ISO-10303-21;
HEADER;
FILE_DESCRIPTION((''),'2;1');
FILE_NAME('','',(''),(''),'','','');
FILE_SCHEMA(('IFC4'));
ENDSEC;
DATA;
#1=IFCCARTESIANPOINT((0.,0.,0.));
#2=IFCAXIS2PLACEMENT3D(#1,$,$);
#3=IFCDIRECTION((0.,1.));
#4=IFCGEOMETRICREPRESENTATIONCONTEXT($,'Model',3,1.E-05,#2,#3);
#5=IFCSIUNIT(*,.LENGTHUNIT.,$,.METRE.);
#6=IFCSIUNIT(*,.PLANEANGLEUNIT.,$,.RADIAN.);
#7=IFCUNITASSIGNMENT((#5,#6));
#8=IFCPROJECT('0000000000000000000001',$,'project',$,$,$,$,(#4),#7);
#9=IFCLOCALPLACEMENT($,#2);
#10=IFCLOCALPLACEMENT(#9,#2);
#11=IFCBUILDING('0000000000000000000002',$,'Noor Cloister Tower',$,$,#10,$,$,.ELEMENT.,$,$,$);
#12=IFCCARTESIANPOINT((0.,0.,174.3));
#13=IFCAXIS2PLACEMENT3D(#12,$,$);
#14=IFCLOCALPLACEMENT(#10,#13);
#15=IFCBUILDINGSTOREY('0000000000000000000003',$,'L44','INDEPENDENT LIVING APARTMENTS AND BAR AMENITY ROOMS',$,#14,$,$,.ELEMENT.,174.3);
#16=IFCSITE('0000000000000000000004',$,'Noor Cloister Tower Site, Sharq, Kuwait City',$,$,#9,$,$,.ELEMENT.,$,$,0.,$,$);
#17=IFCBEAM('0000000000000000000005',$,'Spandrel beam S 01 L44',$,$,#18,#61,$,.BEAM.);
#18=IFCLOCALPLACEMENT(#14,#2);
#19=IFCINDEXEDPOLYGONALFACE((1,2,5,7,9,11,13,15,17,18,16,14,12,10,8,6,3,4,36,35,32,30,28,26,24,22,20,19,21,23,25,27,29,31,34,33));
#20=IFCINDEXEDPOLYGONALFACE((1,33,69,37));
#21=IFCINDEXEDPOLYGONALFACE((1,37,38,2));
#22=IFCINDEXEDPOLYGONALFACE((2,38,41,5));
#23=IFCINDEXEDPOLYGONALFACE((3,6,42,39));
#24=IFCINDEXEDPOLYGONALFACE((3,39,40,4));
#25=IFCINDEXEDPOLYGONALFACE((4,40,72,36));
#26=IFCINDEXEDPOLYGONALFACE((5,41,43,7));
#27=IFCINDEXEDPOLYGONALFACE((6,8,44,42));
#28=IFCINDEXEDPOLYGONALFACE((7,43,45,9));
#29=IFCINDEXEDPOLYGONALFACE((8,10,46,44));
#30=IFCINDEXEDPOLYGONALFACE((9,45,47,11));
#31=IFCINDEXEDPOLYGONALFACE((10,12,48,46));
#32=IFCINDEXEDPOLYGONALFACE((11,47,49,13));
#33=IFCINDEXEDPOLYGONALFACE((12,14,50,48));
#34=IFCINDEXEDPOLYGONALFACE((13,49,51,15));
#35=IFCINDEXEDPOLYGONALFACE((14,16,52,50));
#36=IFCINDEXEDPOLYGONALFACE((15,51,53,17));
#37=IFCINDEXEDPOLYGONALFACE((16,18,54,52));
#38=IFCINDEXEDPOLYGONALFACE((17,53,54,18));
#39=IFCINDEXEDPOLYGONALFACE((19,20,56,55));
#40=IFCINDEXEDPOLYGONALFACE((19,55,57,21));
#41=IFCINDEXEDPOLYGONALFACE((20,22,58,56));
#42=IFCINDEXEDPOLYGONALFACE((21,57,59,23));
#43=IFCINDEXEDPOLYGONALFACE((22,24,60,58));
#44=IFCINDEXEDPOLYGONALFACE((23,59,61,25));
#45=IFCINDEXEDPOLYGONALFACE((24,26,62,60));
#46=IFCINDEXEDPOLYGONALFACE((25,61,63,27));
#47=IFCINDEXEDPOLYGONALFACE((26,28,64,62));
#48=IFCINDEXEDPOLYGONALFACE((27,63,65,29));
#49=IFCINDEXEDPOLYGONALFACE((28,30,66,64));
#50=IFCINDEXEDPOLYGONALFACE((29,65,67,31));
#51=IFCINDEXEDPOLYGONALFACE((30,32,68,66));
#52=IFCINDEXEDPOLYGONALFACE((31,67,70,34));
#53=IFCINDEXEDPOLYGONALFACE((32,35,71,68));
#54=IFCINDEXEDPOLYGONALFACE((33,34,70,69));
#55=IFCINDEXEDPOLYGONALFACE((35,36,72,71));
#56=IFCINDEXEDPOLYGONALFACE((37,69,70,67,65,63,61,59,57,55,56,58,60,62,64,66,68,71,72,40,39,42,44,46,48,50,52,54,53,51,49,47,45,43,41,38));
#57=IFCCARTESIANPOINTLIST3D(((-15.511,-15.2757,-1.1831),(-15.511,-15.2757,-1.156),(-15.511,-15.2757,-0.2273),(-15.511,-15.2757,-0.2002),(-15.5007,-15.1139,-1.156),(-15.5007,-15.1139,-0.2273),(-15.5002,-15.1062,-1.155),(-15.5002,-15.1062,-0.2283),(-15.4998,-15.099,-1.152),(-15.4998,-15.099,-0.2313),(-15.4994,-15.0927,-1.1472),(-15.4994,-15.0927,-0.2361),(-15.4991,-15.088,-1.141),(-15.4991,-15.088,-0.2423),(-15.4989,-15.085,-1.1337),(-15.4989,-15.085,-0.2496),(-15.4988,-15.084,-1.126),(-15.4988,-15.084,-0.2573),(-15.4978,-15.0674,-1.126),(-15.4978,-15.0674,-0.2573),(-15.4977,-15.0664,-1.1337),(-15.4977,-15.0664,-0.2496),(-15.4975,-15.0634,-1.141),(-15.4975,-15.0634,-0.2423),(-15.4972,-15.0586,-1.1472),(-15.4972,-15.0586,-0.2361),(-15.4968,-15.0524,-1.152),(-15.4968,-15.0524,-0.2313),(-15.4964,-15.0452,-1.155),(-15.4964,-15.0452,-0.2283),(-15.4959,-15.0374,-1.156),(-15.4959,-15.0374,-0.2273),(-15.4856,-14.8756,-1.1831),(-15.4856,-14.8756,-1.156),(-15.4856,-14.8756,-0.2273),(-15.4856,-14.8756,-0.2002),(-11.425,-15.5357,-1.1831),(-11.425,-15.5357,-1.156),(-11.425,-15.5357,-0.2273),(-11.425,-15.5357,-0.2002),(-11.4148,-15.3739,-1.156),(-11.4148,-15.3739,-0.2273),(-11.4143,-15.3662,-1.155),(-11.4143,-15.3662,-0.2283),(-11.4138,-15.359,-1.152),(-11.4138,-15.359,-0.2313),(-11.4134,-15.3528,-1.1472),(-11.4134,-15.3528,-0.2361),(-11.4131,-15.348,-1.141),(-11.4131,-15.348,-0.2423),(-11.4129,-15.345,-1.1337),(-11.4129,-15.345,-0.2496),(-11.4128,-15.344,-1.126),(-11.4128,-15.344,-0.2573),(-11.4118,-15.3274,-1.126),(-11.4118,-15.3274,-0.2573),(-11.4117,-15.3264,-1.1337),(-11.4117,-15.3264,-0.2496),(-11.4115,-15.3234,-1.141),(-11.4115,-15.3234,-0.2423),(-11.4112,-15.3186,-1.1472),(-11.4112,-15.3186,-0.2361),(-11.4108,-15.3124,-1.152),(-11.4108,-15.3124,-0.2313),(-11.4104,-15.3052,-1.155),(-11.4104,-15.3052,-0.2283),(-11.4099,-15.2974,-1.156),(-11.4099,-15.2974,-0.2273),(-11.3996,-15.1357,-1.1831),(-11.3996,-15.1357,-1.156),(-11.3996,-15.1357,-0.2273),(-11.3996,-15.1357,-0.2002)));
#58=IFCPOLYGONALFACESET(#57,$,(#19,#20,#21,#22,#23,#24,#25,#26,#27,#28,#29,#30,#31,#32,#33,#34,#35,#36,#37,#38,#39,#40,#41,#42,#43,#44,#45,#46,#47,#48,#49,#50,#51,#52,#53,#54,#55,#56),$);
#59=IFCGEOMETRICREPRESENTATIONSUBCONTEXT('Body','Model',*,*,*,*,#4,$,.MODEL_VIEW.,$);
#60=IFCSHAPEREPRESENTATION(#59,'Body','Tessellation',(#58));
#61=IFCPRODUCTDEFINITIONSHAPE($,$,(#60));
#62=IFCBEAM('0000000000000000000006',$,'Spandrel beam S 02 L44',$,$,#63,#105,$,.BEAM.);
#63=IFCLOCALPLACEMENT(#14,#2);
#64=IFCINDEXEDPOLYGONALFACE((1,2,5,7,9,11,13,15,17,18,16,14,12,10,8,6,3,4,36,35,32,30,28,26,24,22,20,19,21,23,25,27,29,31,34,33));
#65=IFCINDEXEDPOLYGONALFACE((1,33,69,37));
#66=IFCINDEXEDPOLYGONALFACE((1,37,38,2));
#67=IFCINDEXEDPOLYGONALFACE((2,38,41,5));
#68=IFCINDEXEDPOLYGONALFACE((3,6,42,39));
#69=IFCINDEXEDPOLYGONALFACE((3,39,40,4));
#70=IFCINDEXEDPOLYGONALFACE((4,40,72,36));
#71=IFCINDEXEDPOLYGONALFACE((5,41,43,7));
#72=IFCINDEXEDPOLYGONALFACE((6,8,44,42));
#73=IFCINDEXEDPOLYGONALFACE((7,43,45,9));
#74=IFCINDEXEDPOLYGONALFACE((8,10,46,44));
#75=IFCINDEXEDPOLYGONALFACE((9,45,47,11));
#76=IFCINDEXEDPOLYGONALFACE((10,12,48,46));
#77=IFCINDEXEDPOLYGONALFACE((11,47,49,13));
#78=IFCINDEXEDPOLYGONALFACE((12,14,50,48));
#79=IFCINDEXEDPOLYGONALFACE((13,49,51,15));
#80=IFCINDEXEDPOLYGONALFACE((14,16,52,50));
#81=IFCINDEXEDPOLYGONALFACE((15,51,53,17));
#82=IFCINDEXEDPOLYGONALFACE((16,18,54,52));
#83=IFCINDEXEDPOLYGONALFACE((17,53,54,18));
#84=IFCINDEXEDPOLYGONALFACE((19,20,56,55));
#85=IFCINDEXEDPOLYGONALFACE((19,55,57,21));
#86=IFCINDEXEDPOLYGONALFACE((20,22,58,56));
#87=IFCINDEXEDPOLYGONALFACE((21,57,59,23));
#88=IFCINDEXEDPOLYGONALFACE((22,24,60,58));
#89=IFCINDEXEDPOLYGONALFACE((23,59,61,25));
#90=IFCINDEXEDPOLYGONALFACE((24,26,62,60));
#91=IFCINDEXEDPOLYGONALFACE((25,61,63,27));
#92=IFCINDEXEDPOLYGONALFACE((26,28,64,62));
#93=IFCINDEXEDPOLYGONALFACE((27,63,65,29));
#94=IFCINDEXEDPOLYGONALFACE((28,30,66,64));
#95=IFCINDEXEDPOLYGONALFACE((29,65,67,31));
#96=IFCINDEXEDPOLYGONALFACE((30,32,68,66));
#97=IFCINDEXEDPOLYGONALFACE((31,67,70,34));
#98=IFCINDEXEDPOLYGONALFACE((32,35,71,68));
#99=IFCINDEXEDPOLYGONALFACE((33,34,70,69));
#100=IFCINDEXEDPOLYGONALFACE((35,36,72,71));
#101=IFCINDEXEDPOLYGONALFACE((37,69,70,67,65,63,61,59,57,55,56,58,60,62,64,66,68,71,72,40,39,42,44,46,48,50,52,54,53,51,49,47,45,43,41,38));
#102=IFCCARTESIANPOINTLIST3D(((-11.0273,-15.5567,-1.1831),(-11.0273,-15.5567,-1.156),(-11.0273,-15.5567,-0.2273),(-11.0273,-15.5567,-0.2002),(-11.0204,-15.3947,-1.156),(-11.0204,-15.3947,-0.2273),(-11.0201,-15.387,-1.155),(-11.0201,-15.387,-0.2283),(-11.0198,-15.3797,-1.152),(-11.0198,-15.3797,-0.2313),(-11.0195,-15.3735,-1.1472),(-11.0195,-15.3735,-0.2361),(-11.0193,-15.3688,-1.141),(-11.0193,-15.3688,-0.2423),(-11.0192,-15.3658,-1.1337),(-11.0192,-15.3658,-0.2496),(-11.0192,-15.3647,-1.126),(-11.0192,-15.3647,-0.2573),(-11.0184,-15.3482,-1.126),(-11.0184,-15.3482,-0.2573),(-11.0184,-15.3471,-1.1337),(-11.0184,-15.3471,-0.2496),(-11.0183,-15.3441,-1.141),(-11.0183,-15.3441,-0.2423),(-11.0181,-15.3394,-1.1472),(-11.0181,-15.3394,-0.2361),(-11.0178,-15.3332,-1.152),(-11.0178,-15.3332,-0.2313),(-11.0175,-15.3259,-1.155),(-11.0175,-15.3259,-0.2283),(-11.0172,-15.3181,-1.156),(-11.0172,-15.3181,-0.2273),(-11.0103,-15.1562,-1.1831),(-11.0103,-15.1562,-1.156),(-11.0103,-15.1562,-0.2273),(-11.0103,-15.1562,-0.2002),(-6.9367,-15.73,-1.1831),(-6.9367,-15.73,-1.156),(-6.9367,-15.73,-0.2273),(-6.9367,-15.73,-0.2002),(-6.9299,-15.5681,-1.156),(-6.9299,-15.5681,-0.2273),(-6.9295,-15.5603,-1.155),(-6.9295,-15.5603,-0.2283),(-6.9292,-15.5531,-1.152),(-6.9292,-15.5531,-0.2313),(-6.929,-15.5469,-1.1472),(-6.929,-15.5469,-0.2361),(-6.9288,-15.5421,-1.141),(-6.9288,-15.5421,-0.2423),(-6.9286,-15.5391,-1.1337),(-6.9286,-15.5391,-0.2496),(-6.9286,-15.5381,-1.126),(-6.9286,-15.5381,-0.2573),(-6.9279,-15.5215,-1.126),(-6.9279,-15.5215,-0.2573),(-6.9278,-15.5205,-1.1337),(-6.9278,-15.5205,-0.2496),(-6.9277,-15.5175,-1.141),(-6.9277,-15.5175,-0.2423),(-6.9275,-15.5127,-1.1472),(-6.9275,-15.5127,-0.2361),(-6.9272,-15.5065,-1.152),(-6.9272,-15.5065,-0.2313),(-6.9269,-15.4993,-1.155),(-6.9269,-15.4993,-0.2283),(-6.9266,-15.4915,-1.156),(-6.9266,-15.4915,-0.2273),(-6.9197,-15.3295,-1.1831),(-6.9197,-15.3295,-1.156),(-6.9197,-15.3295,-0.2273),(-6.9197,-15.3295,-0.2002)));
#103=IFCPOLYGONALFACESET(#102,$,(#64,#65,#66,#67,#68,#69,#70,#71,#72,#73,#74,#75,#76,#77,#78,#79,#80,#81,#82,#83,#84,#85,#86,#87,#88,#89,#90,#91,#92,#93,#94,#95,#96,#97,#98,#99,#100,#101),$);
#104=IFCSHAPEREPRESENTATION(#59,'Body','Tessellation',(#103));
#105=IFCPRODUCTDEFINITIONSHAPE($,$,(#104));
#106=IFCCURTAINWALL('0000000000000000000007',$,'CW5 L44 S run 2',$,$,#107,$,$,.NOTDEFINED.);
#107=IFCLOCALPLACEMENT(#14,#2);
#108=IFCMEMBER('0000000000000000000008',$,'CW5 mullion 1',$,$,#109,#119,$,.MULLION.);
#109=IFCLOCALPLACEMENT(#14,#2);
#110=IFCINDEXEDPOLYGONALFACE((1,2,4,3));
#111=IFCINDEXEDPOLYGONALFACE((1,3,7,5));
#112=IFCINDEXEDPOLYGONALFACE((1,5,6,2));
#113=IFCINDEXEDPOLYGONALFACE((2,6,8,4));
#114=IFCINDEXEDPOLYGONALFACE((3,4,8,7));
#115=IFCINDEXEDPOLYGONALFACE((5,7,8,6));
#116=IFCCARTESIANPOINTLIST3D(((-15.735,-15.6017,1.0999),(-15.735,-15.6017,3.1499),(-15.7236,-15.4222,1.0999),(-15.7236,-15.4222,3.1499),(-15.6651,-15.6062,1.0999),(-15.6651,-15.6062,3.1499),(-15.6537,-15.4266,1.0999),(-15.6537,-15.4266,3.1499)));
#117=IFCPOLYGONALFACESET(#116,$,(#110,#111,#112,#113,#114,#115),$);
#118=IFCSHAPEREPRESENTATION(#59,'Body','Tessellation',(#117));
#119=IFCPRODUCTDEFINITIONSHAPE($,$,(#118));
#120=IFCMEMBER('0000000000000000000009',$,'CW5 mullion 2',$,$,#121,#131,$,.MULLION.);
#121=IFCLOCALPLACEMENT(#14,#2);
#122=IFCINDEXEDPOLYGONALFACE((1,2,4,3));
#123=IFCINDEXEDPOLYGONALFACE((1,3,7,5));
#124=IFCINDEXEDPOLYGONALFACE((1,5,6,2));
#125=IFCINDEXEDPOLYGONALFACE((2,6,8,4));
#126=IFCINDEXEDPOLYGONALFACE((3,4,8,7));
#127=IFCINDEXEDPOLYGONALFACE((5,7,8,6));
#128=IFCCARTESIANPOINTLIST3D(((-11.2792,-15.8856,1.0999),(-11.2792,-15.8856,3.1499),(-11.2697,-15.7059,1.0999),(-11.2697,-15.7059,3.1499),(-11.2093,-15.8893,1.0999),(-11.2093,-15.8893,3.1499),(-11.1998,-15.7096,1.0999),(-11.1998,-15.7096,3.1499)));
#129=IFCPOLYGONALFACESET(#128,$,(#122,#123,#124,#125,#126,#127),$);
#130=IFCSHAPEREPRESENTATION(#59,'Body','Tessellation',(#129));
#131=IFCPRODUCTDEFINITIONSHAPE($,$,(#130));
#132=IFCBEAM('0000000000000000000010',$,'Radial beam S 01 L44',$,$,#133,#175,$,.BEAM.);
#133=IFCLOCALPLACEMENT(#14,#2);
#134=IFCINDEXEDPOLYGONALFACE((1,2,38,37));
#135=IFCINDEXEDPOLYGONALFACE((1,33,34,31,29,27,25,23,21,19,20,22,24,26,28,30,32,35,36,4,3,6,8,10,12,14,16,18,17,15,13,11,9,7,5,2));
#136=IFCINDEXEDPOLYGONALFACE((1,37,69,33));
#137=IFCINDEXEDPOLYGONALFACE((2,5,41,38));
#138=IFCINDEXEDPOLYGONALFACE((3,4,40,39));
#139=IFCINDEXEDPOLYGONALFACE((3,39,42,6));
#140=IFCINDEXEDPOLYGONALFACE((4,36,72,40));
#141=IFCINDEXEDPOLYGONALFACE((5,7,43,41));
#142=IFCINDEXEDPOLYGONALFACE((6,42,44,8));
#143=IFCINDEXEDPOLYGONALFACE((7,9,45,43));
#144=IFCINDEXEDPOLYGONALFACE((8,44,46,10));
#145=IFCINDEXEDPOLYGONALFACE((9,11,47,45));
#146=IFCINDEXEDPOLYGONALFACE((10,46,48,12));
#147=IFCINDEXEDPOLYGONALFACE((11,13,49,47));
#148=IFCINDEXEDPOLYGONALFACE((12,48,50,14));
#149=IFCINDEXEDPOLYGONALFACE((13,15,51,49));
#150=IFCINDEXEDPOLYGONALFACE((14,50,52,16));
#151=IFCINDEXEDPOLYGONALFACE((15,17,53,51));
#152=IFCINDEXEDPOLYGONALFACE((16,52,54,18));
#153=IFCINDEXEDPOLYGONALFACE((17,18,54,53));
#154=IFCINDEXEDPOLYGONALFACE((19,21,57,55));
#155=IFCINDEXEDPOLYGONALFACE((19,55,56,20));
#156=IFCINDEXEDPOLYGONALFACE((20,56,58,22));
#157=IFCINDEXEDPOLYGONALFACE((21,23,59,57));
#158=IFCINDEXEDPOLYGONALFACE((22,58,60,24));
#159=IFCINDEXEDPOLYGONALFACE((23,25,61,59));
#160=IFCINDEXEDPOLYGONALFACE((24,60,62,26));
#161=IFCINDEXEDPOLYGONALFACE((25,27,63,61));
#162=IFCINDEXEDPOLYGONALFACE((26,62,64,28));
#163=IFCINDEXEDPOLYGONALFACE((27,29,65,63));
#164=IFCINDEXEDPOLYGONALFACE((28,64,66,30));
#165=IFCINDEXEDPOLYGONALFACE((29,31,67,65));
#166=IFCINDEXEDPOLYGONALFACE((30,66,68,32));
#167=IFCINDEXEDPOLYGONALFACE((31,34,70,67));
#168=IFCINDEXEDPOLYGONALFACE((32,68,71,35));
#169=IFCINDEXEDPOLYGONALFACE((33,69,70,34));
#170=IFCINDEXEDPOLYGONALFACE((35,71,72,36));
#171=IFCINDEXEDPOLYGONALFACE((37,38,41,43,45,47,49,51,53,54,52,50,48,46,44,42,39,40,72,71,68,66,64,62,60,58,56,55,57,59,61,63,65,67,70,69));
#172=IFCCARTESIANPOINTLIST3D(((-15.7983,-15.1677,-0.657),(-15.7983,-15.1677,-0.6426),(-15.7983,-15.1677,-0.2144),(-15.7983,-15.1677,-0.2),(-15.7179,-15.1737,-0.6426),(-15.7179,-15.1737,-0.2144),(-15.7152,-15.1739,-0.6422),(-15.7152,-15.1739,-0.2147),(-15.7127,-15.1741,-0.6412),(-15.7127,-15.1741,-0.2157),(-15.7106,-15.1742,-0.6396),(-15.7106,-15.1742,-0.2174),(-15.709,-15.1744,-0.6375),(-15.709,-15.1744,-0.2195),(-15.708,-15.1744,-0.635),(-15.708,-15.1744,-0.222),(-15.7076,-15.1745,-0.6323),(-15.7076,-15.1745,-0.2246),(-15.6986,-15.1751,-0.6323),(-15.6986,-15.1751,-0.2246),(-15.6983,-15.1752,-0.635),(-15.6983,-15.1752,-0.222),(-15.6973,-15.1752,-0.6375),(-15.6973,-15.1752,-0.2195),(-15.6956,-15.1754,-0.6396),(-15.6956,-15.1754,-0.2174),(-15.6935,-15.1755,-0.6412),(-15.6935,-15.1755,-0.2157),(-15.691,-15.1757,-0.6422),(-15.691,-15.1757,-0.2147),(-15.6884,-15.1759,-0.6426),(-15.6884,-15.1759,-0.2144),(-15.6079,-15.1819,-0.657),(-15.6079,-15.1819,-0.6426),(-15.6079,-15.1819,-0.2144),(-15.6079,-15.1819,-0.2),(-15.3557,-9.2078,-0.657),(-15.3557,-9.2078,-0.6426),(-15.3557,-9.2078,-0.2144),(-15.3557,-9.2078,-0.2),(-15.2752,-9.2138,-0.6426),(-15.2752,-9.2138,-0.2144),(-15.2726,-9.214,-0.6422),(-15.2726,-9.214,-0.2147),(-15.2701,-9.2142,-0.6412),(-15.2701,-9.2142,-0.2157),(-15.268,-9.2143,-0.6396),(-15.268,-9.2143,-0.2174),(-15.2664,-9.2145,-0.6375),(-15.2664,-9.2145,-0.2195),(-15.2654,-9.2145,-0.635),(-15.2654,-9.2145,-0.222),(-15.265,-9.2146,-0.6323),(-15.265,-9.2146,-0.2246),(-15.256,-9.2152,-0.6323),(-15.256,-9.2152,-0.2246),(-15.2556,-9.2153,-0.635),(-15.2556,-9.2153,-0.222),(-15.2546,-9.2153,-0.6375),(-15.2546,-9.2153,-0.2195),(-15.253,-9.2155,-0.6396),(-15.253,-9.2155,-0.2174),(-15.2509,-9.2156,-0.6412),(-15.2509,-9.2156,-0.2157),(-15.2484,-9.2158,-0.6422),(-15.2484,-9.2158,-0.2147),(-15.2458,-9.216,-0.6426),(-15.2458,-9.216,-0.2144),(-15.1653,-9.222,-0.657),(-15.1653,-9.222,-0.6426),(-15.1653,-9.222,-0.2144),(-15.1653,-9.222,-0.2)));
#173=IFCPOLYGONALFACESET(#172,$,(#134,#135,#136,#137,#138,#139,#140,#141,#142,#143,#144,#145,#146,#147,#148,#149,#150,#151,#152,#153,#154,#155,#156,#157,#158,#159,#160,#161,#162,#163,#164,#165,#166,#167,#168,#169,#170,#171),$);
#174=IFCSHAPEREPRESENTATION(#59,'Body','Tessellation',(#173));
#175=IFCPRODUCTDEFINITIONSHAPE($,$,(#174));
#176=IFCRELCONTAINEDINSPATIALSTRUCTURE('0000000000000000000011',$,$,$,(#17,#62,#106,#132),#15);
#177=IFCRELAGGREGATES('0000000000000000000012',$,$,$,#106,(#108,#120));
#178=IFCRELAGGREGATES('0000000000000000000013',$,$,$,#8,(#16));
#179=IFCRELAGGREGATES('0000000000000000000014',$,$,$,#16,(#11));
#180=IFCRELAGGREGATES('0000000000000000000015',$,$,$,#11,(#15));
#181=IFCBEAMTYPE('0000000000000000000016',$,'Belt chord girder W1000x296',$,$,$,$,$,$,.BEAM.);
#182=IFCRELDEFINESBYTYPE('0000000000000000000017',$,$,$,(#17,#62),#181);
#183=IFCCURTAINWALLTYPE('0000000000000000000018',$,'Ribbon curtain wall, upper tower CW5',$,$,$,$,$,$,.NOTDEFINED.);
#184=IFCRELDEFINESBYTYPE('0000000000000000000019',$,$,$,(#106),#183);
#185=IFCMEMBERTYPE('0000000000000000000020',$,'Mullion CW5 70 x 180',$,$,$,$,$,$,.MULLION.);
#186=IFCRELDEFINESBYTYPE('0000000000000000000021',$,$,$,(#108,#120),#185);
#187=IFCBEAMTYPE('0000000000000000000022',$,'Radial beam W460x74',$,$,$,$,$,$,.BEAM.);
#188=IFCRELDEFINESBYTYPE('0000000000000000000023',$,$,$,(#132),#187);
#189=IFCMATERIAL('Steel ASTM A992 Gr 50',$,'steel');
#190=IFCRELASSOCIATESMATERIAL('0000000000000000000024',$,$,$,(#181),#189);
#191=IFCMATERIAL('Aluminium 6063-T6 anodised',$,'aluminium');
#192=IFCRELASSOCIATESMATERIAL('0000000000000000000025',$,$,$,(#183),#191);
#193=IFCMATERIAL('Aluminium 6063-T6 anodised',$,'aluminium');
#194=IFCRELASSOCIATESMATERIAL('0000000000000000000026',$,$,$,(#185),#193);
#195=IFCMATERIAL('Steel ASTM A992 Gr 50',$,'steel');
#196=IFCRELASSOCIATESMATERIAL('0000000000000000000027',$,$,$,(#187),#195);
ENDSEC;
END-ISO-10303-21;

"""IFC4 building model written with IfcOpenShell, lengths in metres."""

from ifc_helpers import new_model, si_unit, direction, frame, origin, origin_2d, place, context, subcontext, project, spatial, rectangle, i_section, extrude, material, material_profile, profile_set, type_object, element, aggregate, save


model = new_model("IFC4")

# Units and contexts
model_context = context("Model", 3, precision=1e-05, world=origin(), true_north=direction((0.0, 1.0)))
body_context = subcontext(model_context, "Body", "Model", "MODEL_VIEW")
ifc_project = project(units=[si_unit("LENGTHUNIT", "METRE"), si_unit("PLANEANGLEUNIT", "RADIAN")], contexts=[model_context])

# Site, building, storey
site_placement = place(None, origin())
site = spatial("IfcSite", under=ifc_project, at=site_placement, Name="Noor Cloister Tower Site, Sharq, Kuwait City", CompositionType="ELEMENT", RefElevation=0.0)
building_placement = place(site_placement, origin())
building = spatial("IfcBuilding", under=site, at=building_placement, Name="Noor Cloister Tower", CompositionType="ELEMENT")
storey_placement = place(building_placement, frame((0.0, 0.0, 174.3)))
storey = spatial("IfcBuildingStorey", under=building, at=storey_placement, Name="L44", Description="INDEPENDENT LIVING APARTMENTS AND BAR AMENITY ROOMS", CompositionType="ELEMENT", Elevation=174.3)

# Beams
ifc_material_1 = material(Name="Steel ASTM A992 Gr 50", Category="steel")
ifc_material_profile_1 = material_profile(ifc_material_1, i_section(OverallWidth=0.4009, OverallDepth=0.9829, WebThickness=0.0166, FlangeThickness=0.0271, FilletRadius=0.03, at=origin_2d()), Name="W1000x296")
ifc_profile_set_1 = profile_set([ifc_material_profile_1], Name="Steel ASTM A992 Gr 50")
beam_type_1 = type_object("IfcBeamType", Name="Belt chord girder W1000x296", PredefinedType="BEAM", material=ifc_profile_set_1)
for number, where, z_axis, x_axis, name in (
    (1, (-15.4983, -15.0757, -0.6917), (0.997981, -0.063507, 0.0), (0.063507, 0.997981, 0.0), "Spandrel beam S 01 L44"),
    (2, (-11.0188, -15.3564, -0.6917), (0.999103, -0.042337, 0.0), (0.042337, 0.999103, 0.0), "Spandrel beam S 02 L44"),
):
    element("IfcBeam", number, at=place(storey_placement, frame(where, z_axis=z_axis, x_axis=x_axis)), inside=storey, type_object=beam_type_1, Name=name, PredefinedType="BEAM", context=body_context, shape_type="SweptSolid", body=[
        extrude(i_section(OverallWidth=0.4009, OverallDepth=0.9829, WebThickness=0.0166, FlangeThickness=0.0271, FilletRadius=0.03, at=origin_2d()), origin(), (0.0, 0.0, 1.0), 4.0942),
    ])

# Curtain wall, members
ifc_material_2 = material(Name="Aluminium 6063-T6 anodised", Category="aluminium")
curtain_wall_type = type_object("IfcCurtainWallType", Name="Ribbon curtain wall, upper tower CW5", PredefinedType="NOTDEFINED", material=ifc_material_2)
curtain_wall_placement = place(storey_placement, origin())
curtain_wall = element("IfcCurtainWall", 3, at=curtain_wall_placement, inside=storey, type_object=curtain_wall_type, Name="CW5 L44 S run 2", PredefinedType="NOTDEFINED")
ifc_material_3 = material(Name="Aluminium 6063-T6 anodised", Category="aluminium")
ifc_material_profile_2 = material_profile(ifc_material_3, rectangle(XDim=0.1799, YDim=0.0701, at=origin_2d()), Name="180 x 70 mullion")
ifc_profile_set_2 = profile_set([ifc_material_profile_2], Name="Aluminium 6063-T6 anodised")
member_type = type_object("IfcMemberType", Name="Mullion CW5 70 x 180", PredefinedType="MULLION", material=ifc_profile_set_2)
member_1_placement = place(storey_placement, frame((-15.6943, -15.5142, 1.0999), z_axis=(0.0, 0.0, 1.0), x_axis=(0.063502, 0.997982, 0.0)))
member_1 = element("IfcMember", 4, at=member_1_placement, type_object=member_type, Name="CW5 mullion 1", PredefinedType="MULLION", context=body_context, shape_type="SweptSolid", body=[
    extrude(rectangle(XDim=0.1799, YDim=0.0701, at=origin_2d()), origin(), (0.0, 0.0, 1.0), 2.05),
])
member_2_placement = place(storey_placement, frame((-11.2395, -15.7976, 1.0999), z_axis=(0.0, 0.0, 1.0), x_axis=(0.052929, 0.998598, 0.0)))
member_2 = element("IfcMember", 5, at=member_2_placement, type_object=member_type, Name="CW5 mullion 2", PredefinedType="MULLION", context=body_context, shape_type="SweptSolid", body=[
    extrude(rectangle(XDim=0.1799, YDim=0.0701, at=origin_2d()), origin(), (0.0, 0.0, 1.0), 2.05),
])

# Beam
ifc_material_4 = material(Name="Steel ASTM A992 Gr 50", Category="steel")
ifc_material_profile_3 = material_profile(ifc_material_4, i_section(OverallWidth=0.1909, OverallDepth=0.457, WebThickness=0.009, FlangeThickness=0.0144, FilletRadius=0.0103, at=origin_2d()), Name="W460x74")
ifc_profile_set_3 = profile_set([ifc_material_profile_3], Name="Steel ASTM A992 Gr 50")
beam_type_2 = type_object("IfcBeamType", Name="Radial beam W460x74", PredefinedType="BEAM", material=ifc_profile_set_3)
beam_1_placement = place(storey_placement, frame((-15.7031, -15.1748, -0.4285), z_axis=(0.074063, 0.997254, 0.0), x_axis=(-0.997254, 0.074063, 0.0)))
element("IfcBeam", 6, at=beam_1_placement, inside=storey, type_object=beam_type_2, Name="Radial beam S 01 L44", PredefinedType="BEAM", context=body_context, shape_type="SweptSolid", body=[
    extrude(i_section(OverallWidth=0.1909, OverallDepth=0.457, WebThickness=0.009, FlangeThickness=0.0144, FilletRadius=0.0103, at=origin_2d()), origin(), (0.0, 0.0, 1.0), 5.9763),
])

aggregate(curtain_wall, [member_1, member_2])

save(model, "model.ifc")
